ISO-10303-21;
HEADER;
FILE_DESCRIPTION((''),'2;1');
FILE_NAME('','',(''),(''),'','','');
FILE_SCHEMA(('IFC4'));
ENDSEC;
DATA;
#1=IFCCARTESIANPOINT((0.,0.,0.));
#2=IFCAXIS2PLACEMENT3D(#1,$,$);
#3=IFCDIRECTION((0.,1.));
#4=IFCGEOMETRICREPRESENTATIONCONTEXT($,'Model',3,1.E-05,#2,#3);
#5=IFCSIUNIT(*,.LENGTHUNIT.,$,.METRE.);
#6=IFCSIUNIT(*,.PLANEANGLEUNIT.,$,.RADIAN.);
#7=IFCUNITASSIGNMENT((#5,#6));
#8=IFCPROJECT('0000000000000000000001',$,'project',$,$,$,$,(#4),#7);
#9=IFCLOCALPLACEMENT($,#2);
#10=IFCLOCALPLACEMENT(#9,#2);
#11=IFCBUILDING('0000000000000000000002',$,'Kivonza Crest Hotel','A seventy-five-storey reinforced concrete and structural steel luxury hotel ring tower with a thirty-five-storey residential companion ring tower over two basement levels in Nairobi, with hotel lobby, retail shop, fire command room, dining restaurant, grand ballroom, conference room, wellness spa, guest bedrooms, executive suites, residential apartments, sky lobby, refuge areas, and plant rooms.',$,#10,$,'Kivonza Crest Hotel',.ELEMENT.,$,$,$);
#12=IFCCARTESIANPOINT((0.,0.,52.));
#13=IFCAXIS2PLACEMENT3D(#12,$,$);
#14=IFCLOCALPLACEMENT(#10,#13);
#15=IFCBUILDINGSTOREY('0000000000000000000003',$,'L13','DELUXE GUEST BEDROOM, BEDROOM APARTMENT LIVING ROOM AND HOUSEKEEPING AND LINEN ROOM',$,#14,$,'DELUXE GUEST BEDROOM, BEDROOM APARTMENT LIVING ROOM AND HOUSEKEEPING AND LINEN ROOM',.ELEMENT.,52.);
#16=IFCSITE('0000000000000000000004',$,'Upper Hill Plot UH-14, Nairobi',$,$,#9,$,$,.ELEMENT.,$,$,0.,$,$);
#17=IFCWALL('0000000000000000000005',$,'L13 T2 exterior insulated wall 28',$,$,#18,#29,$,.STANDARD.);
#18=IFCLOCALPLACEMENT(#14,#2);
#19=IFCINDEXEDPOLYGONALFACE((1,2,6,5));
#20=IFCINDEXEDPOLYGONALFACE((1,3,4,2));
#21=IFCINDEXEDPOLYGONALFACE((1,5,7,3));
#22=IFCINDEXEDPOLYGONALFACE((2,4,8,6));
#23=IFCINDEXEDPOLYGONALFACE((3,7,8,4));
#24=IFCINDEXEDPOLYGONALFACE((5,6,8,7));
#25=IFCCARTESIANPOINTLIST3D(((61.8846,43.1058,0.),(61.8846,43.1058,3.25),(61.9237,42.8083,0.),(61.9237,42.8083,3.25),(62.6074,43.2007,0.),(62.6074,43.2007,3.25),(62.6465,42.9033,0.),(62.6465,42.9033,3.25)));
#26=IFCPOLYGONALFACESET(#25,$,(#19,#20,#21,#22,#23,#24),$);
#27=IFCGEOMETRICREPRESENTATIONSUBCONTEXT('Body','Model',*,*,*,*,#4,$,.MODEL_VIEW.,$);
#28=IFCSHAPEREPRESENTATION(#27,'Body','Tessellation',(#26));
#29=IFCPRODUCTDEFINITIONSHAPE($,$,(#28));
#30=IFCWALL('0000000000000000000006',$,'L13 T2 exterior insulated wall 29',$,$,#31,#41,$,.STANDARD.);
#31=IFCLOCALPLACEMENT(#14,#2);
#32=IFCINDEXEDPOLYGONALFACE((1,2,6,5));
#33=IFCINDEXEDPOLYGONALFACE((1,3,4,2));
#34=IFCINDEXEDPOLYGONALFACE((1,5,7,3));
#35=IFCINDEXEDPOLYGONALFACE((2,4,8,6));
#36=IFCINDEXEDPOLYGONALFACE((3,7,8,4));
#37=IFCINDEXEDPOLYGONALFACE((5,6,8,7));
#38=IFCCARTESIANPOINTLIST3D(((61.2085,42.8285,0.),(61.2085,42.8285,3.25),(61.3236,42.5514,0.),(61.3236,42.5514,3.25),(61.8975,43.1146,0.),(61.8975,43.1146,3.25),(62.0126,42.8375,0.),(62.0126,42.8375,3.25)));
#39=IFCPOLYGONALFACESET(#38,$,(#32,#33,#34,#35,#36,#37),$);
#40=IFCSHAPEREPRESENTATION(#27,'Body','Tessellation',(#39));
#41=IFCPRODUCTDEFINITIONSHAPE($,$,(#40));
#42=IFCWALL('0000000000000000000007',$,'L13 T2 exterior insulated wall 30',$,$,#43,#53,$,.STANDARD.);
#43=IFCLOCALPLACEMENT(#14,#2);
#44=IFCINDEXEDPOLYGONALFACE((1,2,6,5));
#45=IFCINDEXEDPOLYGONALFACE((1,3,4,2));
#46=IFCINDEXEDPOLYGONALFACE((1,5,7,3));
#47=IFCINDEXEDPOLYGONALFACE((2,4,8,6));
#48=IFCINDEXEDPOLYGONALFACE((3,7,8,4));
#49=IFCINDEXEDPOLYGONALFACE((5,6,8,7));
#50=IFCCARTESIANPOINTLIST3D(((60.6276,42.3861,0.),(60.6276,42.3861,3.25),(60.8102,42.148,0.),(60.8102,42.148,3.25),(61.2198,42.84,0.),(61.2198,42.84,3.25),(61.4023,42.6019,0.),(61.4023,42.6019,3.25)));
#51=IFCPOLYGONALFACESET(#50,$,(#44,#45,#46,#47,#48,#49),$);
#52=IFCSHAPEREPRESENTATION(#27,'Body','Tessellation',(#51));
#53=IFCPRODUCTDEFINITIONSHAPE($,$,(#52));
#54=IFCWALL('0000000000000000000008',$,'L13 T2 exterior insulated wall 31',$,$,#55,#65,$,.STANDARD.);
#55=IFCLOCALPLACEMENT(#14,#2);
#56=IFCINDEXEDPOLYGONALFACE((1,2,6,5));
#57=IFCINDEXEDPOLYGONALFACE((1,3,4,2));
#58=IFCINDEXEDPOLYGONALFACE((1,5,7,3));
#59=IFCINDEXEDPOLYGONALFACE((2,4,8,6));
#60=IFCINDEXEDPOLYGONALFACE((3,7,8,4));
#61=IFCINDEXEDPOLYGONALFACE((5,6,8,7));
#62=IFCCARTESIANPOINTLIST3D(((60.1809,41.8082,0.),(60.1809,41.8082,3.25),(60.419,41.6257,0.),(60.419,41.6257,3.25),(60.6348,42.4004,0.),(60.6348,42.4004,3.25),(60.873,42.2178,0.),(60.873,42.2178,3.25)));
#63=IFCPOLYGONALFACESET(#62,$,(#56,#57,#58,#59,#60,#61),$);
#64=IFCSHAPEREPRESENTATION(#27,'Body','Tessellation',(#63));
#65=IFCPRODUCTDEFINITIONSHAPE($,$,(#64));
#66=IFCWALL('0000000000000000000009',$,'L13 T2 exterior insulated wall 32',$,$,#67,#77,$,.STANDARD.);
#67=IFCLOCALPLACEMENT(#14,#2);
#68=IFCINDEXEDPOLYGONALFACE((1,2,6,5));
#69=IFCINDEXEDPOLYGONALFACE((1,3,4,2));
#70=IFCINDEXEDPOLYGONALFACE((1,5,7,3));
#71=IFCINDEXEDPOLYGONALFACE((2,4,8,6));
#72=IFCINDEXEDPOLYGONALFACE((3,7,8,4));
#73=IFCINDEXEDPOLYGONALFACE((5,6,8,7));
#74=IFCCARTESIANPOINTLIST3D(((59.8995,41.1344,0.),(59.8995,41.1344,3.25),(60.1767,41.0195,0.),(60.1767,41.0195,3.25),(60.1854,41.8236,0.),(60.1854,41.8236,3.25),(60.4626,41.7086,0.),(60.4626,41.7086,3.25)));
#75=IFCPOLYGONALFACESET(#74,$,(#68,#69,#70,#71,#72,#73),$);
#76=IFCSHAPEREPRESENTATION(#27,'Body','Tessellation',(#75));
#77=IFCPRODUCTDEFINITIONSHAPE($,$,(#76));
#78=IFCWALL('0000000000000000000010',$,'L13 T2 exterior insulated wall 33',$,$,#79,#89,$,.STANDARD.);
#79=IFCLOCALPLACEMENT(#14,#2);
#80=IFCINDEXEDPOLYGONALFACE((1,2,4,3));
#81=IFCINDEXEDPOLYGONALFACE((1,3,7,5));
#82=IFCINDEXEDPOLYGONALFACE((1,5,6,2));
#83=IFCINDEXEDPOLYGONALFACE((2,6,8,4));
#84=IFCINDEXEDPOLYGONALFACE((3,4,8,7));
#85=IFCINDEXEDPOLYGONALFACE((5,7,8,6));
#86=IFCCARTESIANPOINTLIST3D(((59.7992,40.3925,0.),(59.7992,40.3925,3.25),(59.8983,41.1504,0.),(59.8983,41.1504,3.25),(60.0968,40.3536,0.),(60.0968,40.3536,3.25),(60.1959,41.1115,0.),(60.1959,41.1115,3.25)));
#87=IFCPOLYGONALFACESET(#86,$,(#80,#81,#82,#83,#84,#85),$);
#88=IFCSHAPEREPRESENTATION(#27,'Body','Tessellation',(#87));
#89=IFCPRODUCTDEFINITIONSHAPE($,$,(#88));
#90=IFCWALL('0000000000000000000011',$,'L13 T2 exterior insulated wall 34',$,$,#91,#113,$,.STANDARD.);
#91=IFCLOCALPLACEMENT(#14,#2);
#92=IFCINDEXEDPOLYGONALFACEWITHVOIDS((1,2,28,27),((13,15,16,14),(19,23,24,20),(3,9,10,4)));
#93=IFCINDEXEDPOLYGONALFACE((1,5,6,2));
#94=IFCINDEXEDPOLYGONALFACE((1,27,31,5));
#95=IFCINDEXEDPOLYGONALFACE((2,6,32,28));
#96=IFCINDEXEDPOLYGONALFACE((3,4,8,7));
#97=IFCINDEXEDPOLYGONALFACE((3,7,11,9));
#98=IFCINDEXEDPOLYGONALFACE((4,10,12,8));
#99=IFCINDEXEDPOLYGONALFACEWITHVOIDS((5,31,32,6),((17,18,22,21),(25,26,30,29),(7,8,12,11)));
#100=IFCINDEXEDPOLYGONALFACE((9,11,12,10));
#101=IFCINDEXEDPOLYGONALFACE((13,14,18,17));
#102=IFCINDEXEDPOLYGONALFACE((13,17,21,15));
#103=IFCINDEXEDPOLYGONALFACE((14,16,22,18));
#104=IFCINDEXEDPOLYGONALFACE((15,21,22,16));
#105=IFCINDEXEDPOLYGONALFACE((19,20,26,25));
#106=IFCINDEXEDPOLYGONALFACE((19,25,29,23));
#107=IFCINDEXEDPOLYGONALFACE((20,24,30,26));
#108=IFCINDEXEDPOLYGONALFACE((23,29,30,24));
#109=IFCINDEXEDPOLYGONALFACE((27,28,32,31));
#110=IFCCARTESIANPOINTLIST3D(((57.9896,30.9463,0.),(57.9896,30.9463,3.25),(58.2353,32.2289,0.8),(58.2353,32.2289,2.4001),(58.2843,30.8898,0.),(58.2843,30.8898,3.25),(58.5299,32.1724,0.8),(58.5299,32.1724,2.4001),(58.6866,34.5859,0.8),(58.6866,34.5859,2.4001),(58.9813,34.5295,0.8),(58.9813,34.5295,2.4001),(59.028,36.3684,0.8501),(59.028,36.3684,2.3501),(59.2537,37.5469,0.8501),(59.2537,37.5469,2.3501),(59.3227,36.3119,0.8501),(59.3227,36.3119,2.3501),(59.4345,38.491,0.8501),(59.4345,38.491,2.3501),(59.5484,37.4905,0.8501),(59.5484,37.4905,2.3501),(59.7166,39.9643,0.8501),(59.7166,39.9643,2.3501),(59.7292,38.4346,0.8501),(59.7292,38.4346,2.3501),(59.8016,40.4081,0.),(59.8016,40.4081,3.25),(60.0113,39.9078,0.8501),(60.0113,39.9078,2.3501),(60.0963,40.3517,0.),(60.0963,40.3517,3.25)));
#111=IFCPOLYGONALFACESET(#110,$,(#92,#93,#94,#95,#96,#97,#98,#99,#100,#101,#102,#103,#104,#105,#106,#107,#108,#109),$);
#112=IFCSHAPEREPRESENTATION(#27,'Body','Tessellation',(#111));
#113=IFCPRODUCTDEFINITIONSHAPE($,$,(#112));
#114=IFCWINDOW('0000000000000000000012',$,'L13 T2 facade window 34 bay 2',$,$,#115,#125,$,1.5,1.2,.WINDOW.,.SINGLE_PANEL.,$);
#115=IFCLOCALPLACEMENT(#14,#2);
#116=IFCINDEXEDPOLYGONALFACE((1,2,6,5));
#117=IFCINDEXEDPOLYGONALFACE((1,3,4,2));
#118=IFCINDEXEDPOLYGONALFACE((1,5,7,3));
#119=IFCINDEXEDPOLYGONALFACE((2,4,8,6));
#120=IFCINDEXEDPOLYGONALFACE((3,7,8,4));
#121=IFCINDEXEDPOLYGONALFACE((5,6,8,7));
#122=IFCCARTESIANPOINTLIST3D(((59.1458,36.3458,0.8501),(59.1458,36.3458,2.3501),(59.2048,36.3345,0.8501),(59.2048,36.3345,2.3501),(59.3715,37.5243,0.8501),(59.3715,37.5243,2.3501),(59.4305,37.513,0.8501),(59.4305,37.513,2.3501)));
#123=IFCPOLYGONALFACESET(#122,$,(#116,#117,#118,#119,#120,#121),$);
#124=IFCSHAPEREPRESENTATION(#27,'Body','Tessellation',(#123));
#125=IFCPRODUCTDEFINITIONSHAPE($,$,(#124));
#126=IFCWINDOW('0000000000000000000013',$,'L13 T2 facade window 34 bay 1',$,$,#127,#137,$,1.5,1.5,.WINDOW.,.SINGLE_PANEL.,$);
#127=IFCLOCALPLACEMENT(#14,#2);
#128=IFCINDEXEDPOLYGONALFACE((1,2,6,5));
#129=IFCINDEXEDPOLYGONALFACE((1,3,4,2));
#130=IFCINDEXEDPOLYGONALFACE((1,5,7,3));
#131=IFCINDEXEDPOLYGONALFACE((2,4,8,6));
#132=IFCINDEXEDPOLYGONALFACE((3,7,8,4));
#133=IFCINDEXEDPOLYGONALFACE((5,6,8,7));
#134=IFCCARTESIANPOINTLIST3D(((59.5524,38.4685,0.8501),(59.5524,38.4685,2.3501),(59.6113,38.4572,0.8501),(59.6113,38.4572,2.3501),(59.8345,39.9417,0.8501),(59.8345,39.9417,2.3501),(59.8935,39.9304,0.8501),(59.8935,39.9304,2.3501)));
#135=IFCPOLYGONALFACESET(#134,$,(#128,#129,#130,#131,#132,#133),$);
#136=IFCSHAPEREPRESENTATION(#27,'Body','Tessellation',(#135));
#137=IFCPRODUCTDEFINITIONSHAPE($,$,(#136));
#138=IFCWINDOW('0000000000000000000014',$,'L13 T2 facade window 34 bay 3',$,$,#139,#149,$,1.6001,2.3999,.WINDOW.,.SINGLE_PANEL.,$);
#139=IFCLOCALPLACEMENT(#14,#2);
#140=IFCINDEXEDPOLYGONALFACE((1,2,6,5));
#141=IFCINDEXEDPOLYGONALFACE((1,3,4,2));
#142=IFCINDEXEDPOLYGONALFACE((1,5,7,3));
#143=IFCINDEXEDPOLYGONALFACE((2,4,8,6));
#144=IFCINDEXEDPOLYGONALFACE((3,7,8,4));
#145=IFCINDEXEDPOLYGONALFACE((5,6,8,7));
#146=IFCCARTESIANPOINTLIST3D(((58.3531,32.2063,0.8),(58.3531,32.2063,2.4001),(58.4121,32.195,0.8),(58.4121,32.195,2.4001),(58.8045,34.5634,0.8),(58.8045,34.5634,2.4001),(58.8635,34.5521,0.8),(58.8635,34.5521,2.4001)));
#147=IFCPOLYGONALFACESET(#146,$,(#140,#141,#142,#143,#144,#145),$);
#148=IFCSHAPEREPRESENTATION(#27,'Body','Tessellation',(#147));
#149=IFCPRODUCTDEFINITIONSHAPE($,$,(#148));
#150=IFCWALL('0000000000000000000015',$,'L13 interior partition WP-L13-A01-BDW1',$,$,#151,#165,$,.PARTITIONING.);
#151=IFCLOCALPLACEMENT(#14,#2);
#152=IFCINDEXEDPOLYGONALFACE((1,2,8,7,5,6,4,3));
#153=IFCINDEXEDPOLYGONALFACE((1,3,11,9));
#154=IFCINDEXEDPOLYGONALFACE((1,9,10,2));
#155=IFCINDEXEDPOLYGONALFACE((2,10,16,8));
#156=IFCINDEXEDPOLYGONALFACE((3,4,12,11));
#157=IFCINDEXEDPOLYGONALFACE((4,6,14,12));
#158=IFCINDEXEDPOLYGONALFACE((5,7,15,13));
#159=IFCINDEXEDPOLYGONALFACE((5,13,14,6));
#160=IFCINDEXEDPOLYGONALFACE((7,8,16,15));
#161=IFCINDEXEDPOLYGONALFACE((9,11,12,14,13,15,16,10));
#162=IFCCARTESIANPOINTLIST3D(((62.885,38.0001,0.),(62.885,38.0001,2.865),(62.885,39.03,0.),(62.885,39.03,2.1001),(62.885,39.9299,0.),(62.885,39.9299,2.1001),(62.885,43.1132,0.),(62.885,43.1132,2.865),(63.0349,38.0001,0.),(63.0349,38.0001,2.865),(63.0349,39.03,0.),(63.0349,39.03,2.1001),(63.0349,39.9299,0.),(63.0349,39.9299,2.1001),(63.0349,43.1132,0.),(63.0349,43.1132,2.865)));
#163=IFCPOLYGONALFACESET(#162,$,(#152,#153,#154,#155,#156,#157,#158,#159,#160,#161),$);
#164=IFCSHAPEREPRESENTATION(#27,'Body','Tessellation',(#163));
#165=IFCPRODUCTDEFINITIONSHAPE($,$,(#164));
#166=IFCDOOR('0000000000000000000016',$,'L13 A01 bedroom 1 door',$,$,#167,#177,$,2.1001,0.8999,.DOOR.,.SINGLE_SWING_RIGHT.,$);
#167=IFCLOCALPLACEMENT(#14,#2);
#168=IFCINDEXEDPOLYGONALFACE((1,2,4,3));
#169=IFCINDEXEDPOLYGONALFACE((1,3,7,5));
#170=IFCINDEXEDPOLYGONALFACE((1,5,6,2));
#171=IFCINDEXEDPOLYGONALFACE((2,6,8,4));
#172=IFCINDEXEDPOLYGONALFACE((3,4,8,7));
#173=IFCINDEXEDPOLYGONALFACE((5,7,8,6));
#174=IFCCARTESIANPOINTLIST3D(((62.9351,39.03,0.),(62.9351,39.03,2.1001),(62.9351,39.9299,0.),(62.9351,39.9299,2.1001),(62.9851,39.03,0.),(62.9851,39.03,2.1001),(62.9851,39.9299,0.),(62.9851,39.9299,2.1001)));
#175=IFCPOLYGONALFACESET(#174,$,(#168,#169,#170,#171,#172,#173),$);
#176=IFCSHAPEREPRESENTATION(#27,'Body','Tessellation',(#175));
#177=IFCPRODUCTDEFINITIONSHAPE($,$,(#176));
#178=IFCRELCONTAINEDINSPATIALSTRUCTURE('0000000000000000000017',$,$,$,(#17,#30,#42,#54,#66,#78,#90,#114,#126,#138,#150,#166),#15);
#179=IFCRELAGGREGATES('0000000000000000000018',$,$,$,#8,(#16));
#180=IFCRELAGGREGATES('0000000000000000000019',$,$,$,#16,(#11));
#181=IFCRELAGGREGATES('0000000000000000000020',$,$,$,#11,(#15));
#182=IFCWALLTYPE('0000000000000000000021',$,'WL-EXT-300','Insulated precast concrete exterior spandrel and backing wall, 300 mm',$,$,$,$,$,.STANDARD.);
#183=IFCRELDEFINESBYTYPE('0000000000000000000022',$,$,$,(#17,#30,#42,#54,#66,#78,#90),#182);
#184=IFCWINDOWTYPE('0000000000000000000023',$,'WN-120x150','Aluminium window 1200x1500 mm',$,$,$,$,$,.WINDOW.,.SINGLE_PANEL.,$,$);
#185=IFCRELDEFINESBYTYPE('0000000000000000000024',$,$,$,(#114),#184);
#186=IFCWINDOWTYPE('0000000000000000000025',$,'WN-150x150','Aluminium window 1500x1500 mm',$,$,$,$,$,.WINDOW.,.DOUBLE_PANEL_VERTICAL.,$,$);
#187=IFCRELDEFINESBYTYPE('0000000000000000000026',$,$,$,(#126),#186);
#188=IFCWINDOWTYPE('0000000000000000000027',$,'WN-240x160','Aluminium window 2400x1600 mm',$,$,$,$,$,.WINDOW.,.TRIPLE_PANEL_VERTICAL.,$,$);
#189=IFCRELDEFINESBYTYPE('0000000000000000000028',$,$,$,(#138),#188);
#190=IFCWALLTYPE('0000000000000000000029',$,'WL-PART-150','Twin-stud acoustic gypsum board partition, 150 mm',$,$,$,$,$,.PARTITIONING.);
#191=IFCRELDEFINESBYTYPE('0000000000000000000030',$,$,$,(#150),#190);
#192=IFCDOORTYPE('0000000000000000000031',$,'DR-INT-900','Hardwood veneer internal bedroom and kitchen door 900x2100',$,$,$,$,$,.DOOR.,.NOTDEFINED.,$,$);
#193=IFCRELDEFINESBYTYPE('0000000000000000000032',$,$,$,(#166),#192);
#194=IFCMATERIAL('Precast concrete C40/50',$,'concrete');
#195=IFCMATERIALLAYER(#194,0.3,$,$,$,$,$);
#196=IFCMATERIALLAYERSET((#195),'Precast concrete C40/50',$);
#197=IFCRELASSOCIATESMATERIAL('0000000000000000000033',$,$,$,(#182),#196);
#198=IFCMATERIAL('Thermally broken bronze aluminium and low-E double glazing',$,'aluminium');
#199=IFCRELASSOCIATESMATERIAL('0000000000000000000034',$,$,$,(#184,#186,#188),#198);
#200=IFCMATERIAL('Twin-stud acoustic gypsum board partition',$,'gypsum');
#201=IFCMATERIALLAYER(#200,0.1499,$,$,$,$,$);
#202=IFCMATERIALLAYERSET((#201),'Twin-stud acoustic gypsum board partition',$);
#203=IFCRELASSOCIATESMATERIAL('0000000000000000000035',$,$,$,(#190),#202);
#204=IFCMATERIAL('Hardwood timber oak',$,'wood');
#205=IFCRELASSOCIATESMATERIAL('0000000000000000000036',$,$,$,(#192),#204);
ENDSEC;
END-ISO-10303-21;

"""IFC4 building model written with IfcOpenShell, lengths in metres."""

from ifc_helpers import new_model, si_unit, direction, frame, frame_2d, origin, place, context, subcontext, project, spatial, rectangle, extrude, material, layer, layer_set, type_object, element, fill, save


model = new_model("IFC4")

# Units and contexts
model_context = context("Model", 3, precision=1e-05, world=origin(), true_north=direction((0.0, 1.0)))
body_context = subcontext(model_context, "Body", "Model", "MODEL_VIEW")
ifc_project = project(units=[si_unit("LENGTHUNIT", "METRE"), si_unit("PLANEANGLEUNIT", "RADIAN")], contexts=[model_context])

# Site, building, storey
site_placement = place(None, origin())
site = spatial("IfcSite", under=ifc_project, at=site_placement, Name="Upper Hill Plot UH-14, Nairobi", CompositionType="ELEMENT", RefElevation=0.0)
building_placement = place(site_placement, origin())
building = spatial("IfcBuilding", under=site, at=building_placement, Name="Kivonza Crest Hotel", Description="A seventy-five-storey reinforced concrete and structural steel luxury hotel ring tower with a thirty-five-storey residential companion ring tower over two basement levels in Nairobi, with hotel lobby, retail shop, fire command room, dining restaurant, grand ballroom, conference room, wellness spa, guest bedrooms, executive suites, residential apartments, sky lobby, refuge areas, and plant rooms.", LongName="Kivonza Crest Hotel", CompositionType="ELEMENT")
storey_placement = place(building_placement, frame((0.0, 0.0, 52.0)))
storey = spatial("IfcBuildingStorey", under=building, at=storey_placement, Name="L13", Description="DELUXE GUEST BEDROOM, BEDROOM APARTMENT LIVING ROOM AND HOUSEKEEPING AND LINEN ROOM", LongName="DELUXE GUEST BEDROOM, BEDROOM APARTMENT LIVING ROOM AND HOUSEKEEPING AND LINEN ROOM", CompositionType="ELEMENT", Elevation=52.0)

# Walls
ifc_material_1 = material(Name="Precast concrete C40/50", Category="concrete")
ifc_layer_1 = layer(ifc_material_1, 0.3)
ifc_layer_set_1 = layer_set([ifc_layer_1], Name="Precast concrete C40/50")
wall_type_1 = type_object("IfcWallType", Name="WL-EXT-300", Description="Insulated precast concrete exterior spandrel and backing wall, 300 mm", PredefinedType="STANDARD", material=ifc_layer_set_1)
wall_1_placement = place(storey_placement, frame((62.627, 43.052, 0.0), z_axis=(0.0, 0.0, 1.0), x_axis=(-0.99148, -0.130255, 0.0)))
element("IfcWall", 1, at=wall_1_placement, inside=storey, type_object=wall_type_1, Name="L13 T2 exterior insulated wall 28", PredefinedType="STANDARD", context=body_context, shape_type="SweptSolid", body=[
    extrude(rectangle(XDim=0.729, YDim=0.3, at=frame_2d((0.3645, 0.0))), origin(), (0.0, 0.0, 1.0), 3.25),
])
for number, where, z_axis, x_axis, name in (
    (2, (61.9551, 42.9761, 0.0), (0.0, 0.0, 1.0), (-0.923522, -0.383546, 0.0), "L13 T2 exterior insulated wall 29"),
    (3, (61.311, 42.7209, 0.0), (0.0, 0.0, 1.0), (-0.793633, -0.608397, 0.0), "L13 T2 exterior insulated wall 30"),
    (4, (60.7539, 42.3091, 0.0), (0.0, 0.0, 1.0), (-0.608397, -0.793633, 0.0), "L13 T2 exterior insulated wall 31"),
    (5, (60.324, 41.7661, 0.0), (0.0, 0.0, 1.0), (-0.383151, -0.923686, 0.0), "L13 T2 exterior insulated wall 32"),
):
    element("IfcWall", number, at=place(storey_placement, frame(where, z_axis=z_axis, x_axis=x_axis)), inside=storey, type_object=wall_type_1, Name=name, PredefinedType="STANDARD", context=body_context, shape_type="SweptSolid", body=[
        extrude(rectangle(XDim=0.7461, YDim=0.3, at=frame_2d((0.373, 0.0))), origin(), (0.0, 0.0, 1.0), 3.25),
    ])
wall_2_placement = place(storey_placement, frame((60.0471, 41.1311, 0.0), z_axis=(0.0, 0.0, 1.0), x_axis=(-0.129653, -0.991559, 0.0)))
element("IfcWall", 6, at=wall_2_placement, inside=storey, type_object=wall_type_1, Name="L13 T2 exterior insulated wall 33", PredefinedType="STANDARD", context=body_context, shape_type="SweptSolid", body=[
    extrude(rectangle(XDim=0.7644, YDim=0.3, at=frame_2d((0.3823, 0.0))), origin(), (0.0, 0.0, 1.0), 3.25),
])

# Wall, openings, windows
wall_3_placement = place(storey_placement, frame((59.949, 40.3799, 0.0), z_axis=(0.0, 0.0, 1.0), x_axis=(-0.188088, -0.982152, 0.0)))
wall_3 = element("IfcWall", 7, at=wall_3_placement, inside=storey, type_object=wall_type_1, Name="L13 T2 exterior insulated wall 34", PredefinedType="STANDARD", context=body_context, shape_type="SweptSolid", body=[
    extrude(rectangle(XDim=9.6338, YDim=0.3, at=frame_2d((4.8169, 0.0))), origin(), (0.0, 0.0, 1.0), 3.25),
])
opening_1_placement = place(wall_3_placement, frame((0.4519, 0.0, 0.8501)))
opening_1 = element("IfcOpeningElement", 8, at=opening_1_placement, cuts=wall_3, PredefinedType="OPENING", context=body_context, shape_type="SweptSolid", body=[
    extrude(rectangle(XDim=1.5, YDim=1.5, at=frame_2d((0.75, 0.75))), frame((0.0, 0.1602, 0.0), z_axis=(0.0, -1.0, 0.0), x_axis=(1.0, 0.0, 0.0)), (0.0, 0.0, 1.0), 0.3201),
])
opening_2_placement = place(wall_3_placement, frame((2.9131, 0.0, 0.8501)))
opening_2 = element("IfcOpeningElement", 9, at=opening_2_placement, cuts=wall_3, PredefinedType="OPENING", context=body_context, shape_type="SweptSolid", body=[
    extrude(rectangle(XDim=1.2, YDim=1.5, at=frame_2d((0.6001, 0.75))), frame((0.0, 0.1602, 0.0), z_axis=(0.0, -1.0, 0.0), x_axis=(1.0, 0.0, 0.0)), (0.0, 0.0, 1.0), 0.3201),
])
opening_3_placement = place(wall_3_placement, frame((5.928, 0.0, 0.8)))
opening_3 = element("IfcOpeningElement", 10, at=opening_3_placement, cuts=wall_3, PredefinedType="OPENING", context=body_context, shape_type="SweptSolid", body=[
    extrude(rectangle(XDim=2.3999, YDim=1.6001, at=frame_2d((1.2, 0.8))), frame((0.0, 0.1602, 0.0), z_axis=(0.0, -1.0, 0.0), x_axis=(1.0, 0.0, 0.0)), (0.0, 0.0, 1.0), 0.3201),
])
ifc_material_2 = material(Name="Thermally broken bronze aluminium and low-E double glazing", Category="aluminium")
window_type_1 = type_object("IfcWindowType", Name="WN-120x150", Description="Aluminium window 1200x1500 mm", PartitioningType="SINGLE_PANEL", PredefinedType="WINDOW", material=ifc_material_2)
window_1_placement = place(opening_2_placement, origin())
window_1 = element("IfcWindow", 11, at=window_1_placement, inside=storey, type_object=window_type_1, Name="L13 T2 facade window 34 bay 2", OverallHeight=1.5, OverallWidth=1.2, PartitioningType="SINGLE_PANEL", PredefinedType="WINDOW", context=body_context, shape_type="SweptSolid", body=[
    extrude(rectangle(XDim=1.2, YDim=1.5, at=frame_2d((0.6001, 0.75))), frame((0.0, 0.03, 0.0), z_axis=(0.0, -1.0, 0.0), x_axis=(1.0, 0.0, 0.0)), (0.0, 0.0, 1.0), 0.0601),
])
fill(opening_2, window_1)
window_type_2 = type_object("IfcWindowType", Name="WN-150x150", Description="Aluminium window 1500x1500 mm", PartitioningType="DOUBLE_PANEL_VERTICAL", PredefinedType="WINDOW", material=ifc_material_2)
window_2_placement = place(opening_1_placement, origin())
window_2 = element("IfcWindow", 12, at=window_2_placement, inside=storey, type_object=window_type_2, Name="L13 T2 facade window 34 bay 1", OverallHeight=1.5, OverallWidth=1.5, PartitioningType="SINGLE_PANEL", PredefinedType="WINDOW", context=body_context, shape_type="SweptSolid", body=[
    extrude(rectangle(XDim=1.5, YDim=1.5, at=frame_2d((0.75, 0.75))), frame((0.0, 0.03, 0.0), z_axis=(0.0, -1.0, 0.0), x_axis=(1.0, 0.0, 0.0)), (0.0, 0.0, 1.0), 0.0601),
])
fill(opening_1, window_2)
window_type_3 = type_object("IfcWindowType", Name="WN-240x160", Description="Aluminium window 2400x1600 mm", PartitioningType="TRIPLE_PANEL_VERTICAL", PredefinedType="WINDOW", material=ifc_material_2)
window_3_placement = place(opening_3_placement, origin())
window_3 = element("IfcWindow", 13, at=window_3_placement, inside=storey, type_object=window_type_3, Name="L13 T2 facade window 34 bay 3", OverallHeight=1.6001, OverallWidth=2.3999, PartitioningType="SINGLE_PANEL", PredefinedType="WINDOW", context=body_context, shape_type="SweptSolid", body=[
    extrude(rectangle(XDim=2.3999, YDim=1.6001, at=frame_2d((1.2, 0.8))), frame((0.0, 0.03, 0.0), z_axis=(0.0, -1.0, 0.0), x_axis=(1.0, 0.0, 0.0)), (0.0, 0.0, 1.0), 0.0601),
])
fill(opening_3, window_3)

# Wall, opening, door
ifc_material_3 = material(Name="Twin-stud acoustic gypsum board partition", Category="gypsum")
ifc_layer_2 = layer(ifc_material_3, 0.1499)
ifc_layer_set_2 = layer_set([ifc_layer_2], Name="Twin-stud acoustic gypsum board partition")
wall_type_2 = type_object("IfcWallType", Name="WL-PART-150", Description="Twin-stud acoustic gypsum board partition, 150 mm", PredefinedType="PARTITIONING", material=ifc_layer_set_2)
wall_4_placement = place(storey_placement, frame((62.96, 38.0, 0.0), z_axis=(0.0, 0.0, 1.0), x_axis=(0.0, 1.0, 0.0)))
wall_4 = element("IfcWall", 14, at=wall_4_placement, inside=storey, type_object=wall_type_2, Name="L13 interior partition WP-L13-A01-BDW1", PredefinedType="PARTITIONING", context=body_context, shape_type="SweptSolid", body=[
    extrude(rectangle(XDim=5.113, YDim=0.1499, at=frame_2d((2.5566, 0.0))), origin(), (0.0, 0.0, 1.0), 2.865),
])
opening_4_placement = place(wall_4_placement, frame((1.03, 0.0, 0.0)))
opening_4 = element("IfcOpeningElement", 15, at=opening_4_placement, cuts=wall_4, PredefinedType="OPENING", context=body_context, shape_type="SweptSolid", body=[
    extrude(rectangle(XDim=0.8999, YDim=2.1001, at=frame_2d((0.45, 1.05))), frame((0.0, 0.085, 0.0), z_axis=(0.0, -1.0, 0.0), x_axis=(1.0, 0.0, 0.0)), (0.0, 0.0, 1.0), 0.1699),
])
ifc_material_4 = material(Name="Hardwood timber oak", Category="wood")
door_type_1 = type_object("IfcDoorType", Name="DR-INT-900", Description="Hardwood veneer internal bedroom and kitchen door 900x2100", OperationType="NOTDEFINED", PredefinedType="DOOR", material=ifc_material_4)
door_1_placement = place(opening_4_placement, origin())
door_1 = element("IfcDoor", 16, at=door_1_placement, inside=storey, type_object=door_type_1, Name="L13 A01 bedroom 1 door", OperationType="SINGLE_SWING_RIGHT", OverallHeight=2.1001, OverallWidth=0.8999, PredefinedType="DOOR", context=body_context, shape_type="SweptSolid", body=[
    extrude(rectangle(XDim=0.8999, YDim=2.1001, at=frame_2d((0.45, 1.05))), frame((0.0, 0.0249, 0.0), z_axis=(0.0, -1.0, 0.0), x_axis=(1.0, 0.0, 0.0)), (0.0, 0.0, 1.0), 0.05),
])
fill(opening_4, door_1)

save(model, "model.ifc")
